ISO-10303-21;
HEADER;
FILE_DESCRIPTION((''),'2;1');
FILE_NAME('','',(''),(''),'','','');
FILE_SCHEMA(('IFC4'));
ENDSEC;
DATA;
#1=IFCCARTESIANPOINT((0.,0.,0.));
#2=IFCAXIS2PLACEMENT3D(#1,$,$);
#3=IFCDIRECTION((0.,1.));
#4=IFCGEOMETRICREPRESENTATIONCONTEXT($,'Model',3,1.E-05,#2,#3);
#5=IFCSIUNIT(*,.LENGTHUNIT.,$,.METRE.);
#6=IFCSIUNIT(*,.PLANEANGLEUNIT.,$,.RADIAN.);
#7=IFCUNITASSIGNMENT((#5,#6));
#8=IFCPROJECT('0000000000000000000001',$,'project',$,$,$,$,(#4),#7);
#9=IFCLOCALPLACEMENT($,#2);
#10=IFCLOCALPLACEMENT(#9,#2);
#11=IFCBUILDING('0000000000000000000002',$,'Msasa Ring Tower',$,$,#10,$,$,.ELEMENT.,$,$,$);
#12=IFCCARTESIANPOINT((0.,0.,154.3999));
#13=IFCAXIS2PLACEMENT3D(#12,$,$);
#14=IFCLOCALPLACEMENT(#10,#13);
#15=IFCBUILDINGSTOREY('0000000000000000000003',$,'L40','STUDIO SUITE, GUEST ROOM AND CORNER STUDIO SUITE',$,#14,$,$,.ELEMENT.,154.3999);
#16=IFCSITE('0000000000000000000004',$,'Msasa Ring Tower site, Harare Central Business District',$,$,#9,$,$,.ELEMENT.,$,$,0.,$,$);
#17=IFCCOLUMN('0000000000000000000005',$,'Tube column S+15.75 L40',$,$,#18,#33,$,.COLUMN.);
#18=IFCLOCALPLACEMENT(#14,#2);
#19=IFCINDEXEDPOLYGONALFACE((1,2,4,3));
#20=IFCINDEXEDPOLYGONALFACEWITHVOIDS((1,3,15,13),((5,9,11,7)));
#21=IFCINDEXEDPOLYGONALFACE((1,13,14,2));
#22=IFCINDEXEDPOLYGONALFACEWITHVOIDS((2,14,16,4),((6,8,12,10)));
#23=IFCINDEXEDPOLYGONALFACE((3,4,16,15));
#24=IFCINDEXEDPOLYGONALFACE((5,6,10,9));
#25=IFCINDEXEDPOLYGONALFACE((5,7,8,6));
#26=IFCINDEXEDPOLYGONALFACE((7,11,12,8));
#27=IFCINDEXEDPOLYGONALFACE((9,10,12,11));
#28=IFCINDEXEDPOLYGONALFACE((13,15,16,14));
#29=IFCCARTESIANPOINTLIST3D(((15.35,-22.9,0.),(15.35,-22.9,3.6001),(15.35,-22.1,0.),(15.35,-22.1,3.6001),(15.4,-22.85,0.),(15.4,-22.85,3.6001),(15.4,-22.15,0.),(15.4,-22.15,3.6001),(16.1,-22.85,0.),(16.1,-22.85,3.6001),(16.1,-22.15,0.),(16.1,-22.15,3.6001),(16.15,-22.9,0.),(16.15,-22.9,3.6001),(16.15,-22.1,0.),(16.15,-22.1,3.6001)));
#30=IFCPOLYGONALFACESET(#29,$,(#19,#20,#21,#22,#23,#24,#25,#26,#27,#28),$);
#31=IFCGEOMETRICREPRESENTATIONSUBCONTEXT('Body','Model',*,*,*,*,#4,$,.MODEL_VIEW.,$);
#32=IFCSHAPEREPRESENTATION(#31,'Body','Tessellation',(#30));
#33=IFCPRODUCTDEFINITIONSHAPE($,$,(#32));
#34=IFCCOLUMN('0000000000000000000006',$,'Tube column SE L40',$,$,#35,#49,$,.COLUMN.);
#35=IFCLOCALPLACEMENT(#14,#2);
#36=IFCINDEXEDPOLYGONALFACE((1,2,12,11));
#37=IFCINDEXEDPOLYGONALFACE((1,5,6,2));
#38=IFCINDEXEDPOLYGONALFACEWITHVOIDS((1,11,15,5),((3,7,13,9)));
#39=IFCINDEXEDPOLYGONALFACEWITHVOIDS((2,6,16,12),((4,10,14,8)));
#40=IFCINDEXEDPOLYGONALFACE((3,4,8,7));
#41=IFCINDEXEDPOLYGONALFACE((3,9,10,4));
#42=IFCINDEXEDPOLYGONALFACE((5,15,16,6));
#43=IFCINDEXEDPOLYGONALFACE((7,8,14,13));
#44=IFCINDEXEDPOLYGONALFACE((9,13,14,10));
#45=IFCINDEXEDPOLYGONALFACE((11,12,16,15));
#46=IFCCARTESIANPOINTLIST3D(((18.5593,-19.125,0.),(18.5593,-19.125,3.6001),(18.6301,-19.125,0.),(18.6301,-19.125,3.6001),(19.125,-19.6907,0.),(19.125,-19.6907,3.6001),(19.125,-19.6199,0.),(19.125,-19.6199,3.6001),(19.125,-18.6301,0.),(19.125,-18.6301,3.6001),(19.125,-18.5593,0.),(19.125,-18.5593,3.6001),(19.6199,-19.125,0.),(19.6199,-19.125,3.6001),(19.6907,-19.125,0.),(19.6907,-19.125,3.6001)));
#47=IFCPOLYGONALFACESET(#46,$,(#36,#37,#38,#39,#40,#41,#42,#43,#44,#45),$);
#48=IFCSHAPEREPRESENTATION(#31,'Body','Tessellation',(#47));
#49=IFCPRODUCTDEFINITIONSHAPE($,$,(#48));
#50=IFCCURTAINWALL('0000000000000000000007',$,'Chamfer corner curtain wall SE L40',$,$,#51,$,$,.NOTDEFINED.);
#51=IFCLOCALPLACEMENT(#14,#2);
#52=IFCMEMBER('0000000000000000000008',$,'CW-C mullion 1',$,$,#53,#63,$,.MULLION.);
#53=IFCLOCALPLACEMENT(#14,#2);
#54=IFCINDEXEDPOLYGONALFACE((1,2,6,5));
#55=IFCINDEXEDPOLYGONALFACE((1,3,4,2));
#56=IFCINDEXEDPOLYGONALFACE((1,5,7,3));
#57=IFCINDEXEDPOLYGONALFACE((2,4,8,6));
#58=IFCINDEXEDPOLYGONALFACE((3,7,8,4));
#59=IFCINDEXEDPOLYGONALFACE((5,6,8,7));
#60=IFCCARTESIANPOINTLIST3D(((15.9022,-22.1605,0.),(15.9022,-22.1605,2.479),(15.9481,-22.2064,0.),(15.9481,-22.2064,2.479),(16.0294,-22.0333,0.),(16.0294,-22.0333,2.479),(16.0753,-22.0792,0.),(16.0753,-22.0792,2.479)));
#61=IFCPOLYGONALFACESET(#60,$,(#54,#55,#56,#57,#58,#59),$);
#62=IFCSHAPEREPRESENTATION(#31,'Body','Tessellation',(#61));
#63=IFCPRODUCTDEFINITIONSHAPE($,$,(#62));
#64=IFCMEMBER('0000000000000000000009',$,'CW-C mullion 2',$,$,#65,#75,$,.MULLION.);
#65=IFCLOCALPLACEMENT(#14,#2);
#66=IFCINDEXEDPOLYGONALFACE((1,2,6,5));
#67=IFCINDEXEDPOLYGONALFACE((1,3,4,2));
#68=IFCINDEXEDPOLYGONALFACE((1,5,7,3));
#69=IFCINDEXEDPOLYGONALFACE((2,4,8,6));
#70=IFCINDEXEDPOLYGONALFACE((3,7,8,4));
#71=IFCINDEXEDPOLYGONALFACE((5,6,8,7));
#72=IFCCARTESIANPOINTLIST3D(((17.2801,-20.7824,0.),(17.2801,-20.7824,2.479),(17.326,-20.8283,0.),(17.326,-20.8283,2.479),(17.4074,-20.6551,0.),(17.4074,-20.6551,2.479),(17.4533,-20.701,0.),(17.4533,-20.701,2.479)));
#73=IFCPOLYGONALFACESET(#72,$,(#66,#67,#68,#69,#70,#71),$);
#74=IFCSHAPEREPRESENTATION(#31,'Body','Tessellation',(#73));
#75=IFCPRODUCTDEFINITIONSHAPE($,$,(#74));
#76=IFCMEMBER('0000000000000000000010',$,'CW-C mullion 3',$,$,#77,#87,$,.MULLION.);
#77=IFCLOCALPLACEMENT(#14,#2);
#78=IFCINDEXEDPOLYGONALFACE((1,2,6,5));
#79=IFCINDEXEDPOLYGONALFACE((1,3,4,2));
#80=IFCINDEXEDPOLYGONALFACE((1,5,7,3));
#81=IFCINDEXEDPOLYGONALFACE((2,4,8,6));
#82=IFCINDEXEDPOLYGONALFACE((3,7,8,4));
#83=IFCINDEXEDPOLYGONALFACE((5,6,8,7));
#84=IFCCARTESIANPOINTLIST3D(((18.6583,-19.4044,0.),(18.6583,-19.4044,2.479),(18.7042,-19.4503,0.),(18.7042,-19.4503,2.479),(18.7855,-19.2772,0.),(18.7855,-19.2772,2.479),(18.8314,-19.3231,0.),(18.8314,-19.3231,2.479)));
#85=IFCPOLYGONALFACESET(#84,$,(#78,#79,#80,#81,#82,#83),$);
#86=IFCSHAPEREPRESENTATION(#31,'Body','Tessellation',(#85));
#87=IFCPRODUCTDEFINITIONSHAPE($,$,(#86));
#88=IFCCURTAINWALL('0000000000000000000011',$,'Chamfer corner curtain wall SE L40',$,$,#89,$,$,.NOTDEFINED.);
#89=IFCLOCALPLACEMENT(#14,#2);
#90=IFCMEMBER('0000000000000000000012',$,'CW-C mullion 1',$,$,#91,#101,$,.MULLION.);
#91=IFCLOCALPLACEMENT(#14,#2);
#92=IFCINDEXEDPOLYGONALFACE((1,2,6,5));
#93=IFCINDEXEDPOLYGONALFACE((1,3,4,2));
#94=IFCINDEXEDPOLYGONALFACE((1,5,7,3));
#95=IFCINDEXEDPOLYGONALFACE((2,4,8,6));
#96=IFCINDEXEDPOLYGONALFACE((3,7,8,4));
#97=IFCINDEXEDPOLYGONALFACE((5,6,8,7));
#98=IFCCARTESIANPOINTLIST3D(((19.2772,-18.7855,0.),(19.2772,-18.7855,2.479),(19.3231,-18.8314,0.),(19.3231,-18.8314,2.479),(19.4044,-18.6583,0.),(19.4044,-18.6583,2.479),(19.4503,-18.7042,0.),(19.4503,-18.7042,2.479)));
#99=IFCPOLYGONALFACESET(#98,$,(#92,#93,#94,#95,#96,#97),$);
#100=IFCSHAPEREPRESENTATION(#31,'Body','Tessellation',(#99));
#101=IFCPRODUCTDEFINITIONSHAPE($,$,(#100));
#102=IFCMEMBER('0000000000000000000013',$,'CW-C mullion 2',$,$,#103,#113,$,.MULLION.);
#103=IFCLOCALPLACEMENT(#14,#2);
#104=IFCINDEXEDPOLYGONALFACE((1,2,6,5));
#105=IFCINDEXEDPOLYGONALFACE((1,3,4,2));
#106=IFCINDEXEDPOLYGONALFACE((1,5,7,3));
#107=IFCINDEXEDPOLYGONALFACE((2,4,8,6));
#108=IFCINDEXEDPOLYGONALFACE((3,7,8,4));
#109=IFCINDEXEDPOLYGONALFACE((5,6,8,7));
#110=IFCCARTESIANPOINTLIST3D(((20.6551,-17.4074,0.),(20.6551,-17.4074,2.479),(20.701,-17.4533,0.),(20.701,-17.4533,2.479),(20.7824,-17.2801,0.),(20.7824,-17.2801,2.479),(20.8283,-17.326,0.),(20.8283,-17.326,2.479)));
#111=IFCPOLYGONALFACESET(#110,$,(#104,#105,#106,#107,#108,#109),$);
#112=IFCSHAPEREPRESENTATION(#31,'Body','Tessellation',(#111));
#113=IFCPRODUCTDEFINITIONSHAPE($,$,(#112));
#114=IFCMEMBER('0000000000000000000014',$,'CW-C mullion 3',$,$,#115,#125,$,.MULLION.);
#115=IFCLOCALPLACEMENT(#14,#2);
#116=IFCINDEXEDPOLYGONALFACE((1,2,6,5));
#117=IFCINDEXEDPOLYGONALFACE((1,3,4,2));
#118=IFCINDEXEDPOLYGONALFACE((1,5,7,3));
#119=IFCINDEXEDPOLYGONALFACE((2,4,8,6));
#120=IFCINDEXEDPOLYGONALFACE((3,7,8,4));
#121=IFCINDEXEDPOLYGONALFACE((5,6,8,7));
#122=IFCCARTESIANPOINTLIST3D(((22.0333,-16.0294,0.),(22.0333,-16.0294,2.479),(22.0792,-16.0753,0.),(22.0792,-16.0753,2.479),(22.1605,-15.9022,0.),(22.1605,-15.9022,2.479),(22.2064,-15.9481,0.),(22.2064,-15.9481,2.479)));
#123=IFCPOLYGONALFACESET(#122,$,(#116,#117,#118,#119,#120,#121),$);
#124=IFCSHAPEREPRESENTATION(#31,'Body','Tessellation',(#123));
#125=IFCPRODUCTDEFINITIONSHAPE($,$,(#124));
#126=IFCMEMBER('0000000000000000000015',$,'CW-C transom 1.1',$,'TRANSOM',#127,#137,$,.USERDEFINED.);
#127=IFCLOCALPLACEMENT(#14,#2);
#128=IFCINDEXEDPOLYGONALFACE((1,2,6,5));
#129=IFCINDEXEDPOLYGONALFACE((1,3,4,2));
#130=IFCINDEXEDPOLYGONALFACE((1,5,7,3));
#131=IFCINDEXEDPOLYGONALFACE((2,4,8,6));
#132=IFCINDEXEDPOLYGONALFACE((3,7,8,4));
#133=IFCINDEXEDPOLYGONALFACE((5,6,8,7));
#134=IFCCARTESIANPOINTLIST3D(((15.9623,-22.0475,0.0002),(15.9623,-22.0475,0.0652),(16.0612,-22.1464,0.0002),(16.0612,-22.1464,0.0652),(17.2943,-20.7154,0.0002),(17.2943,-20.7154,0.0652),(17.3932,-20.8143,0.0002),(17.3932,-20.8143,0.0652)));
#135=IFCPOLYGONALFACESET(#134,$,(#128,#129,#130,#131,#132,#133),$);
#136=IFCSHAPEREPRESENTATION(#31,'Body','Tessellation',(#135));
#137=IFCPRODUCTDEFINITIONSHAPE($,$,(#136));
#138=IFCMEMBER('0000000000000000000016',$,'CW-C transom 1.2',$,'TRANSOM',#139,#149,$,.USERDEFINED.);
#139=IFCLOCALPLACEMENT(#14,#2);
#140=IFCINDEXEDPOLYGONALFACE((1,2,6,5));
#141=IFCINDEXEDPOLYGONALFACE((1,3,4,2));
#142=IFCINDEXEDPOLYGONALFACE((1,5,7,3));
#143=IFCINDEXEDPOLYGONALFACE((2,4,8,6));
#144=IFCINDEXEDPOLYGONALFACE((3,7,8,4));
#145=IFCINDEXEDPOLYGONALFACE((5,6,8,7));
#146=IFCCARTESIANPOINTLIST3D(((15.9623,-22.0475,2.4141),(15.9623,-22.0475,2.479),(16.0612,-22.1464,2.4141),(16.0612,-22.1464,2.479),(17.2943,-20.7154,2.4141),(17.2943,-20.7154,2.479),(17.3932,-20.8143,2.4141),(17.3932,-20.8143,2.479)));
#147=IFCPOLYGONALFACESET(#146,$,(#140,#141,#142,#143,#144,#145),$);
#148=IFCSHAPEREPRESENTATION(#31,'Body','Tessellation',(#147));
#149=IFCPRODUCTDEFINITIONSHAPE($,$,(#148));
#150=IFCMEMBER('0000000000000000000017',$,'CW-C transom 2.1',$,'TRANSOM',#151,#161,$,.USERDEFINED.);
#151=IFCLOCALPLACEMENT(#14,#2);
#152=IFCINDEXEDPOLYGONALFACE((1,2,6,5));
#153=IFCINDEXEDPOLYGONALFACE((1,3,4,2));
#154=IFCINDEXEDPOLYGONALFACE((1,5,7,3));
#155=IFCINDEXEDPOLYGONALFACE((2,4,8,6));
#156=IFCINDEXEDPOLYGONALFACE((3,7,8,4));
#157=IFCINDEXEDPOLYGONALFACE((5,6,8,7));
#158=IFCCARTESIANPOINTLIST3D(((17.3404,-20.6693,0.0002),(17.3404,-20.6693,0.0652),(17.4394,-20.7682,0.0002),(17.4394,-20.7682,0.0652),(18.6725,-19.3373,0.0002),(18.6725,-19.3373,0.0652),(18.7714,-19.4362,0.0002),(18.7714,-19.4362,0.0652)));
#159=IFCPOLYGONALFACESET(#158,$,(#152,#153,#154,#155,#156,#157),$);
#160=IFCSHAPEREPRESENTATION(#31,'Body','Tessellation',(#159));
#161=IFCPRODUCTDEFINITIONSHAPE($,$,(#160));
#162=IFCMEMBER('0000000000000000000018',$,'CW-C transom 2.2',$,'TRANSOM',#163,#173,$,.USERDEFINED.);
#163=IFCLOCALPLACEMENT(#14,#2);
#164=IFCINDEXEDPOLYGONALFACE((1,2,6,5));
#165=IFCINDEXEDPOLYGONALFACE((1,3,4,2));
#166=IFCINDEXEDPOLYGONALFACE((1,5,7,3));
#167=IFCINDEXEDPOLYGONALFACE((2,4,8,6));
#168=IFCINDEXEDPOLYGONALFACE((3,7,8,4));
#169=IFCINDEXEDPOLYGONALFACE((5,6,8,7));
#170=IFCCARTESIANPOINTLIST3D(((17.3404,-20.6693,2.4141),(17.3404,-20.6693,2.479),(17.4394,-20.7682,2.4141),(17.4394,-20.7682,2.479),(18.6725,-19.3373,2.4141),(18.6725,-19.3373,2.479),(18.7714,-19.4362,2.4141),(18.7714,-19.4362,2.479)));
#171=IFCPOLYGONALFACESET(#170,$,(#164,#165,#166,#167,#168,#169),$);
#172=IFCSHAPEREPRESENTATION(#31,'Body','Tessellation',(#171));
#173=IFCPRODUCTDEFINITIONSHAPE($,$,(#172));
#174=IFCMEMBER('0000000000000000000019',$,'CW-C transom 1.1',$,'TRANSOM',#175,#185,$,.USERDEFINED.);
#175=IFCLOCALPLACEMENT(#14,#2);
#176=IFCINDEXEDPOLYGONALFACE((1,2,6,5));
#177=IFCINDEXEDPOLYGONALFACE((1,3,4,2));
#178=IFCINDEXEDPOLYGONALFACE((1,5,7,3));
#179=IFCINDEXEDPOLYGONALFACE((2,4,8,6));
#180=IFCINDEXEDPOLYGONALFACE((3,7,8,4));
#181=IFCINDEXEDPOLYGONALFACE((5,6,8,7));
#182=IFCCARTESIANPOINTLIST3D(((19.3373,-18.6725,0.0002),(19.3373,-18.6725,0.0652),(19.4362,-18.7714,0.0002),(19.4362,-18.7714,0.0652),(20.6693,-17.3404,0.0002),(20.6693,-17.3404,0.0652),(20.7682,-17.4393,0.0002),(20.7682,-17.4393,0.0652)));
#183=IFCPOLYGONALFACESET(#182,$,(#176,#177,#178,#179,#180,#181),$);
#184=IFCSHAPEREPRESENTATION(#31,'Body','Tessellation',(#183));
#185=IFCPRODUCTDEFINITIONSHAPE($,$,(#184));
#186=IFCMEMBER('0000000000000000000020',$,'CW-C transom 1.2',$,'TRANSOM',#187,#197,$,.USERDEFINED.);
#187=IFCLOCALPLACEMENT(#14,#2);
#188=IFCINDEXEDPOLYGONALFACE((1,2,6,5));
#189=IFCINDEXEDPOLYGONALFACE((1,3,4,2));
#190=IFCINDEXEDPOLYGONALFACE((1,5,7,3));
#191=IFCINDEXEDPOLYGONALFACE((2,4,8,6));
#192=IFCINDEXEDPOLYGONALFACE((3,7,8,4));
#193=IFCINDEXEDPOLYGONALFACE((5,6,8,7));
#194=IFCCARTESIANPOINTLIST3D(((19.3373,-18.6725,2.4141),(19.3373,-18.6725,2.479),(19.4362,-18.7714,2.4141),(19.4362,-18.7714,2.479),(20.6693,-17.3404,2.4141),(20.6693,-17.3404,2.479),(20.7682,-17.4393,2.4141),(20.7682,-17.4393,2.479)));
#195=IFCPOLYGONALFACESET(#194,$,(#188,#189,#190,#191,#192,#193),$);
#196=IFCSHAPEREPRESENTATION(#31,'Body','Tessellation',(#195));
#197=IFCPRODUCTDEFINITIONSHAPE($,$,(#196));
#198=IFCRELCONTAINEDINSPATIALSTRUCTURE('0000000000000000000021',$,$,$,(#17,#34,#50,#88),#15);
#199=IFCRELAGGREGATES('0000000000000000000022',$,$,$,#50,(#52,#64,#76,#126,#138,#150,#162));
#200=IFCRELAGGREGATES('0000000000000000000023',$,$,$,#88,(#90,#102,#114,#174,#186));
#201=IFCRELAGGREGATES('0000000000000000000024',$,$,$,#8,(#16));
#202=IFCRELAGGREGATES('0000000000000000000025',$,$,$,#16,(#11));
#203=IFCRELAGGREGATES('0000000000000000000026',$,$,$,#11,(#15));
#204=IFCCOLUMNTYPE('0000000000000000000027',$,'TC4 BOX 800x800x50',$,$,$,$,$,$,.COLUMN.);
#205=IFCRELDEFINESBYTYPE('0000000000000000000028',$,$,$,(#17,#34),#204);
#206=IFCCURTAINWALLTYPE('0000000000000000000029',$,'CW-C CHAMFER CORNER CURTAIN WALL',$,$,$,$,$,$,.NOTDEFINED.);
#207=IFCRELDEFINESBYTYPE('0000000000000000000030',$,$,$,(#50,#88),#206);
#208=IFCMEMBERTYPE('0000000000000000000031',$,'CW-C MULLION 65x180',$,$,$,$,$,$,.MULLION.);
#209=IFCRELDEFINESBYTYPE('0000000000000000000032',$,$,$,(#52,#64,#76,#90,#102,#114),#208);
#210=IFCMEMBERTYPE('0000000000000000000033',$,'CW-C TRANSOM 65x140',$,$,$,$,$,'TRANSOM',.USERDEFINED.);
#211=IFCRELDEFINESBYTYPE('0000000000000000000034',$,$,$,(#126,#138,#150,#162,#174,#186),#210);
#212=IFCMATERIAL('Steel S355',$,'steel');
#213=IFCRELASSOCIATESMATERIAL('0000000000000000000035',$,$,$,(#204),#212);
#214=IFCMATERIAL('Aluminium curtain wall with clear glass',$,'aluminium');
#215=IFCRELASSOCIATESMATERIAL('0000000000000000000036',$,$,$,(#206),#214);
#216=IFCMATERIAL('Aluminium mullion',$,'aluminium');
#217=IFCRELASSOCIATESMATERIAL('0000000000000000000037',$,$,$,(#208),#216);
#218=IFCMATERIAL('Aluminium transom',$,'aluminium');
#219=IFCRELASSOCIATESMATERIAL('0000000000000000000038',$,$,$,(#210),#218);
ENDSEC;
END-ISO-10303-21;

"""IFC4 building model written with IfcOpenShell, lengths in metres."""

from ifc_helpers import new_model, si_unit, direction, frame, origin, origin_2d, place, context, subcontext, project, spatial, rectangle, hollow_rectangle, extrude, material, material_profile, profile_set, type_object, element, aggregate, save


model = new_model("IFC4")

# Units and contexts
model_context = context("Model", 3, precision=1e-05, world=origin(), true_north=direction((0.0, 1.0)))
body_context = subcontext(model_context, "Body", "Model", "MODEL_VIEW")
ifc_project = project(units=[si_unit("LENGTHUNIT", "METRE"), si_unit("PLANEANGLEUNIT", "RADIAN")], contexts=[model_context])

# Site, building, storey
site_placement = place(None, origin())
site = spatial("IfcSite", under=ifc_project, at=site_placement, Name="Msasa Ring Tower site, Harare Central Business District", CompositionType="ELEMENT", RefElevation=0.0)
building_placement = place(site_placement, origin())
building = spatial("IfcBuilding", under=site, at=building_placement, Name="Msasa Ring Tower", CompositionType="ELEMENT")
storey_placement = place(building_placement, frame((0.0, 0.0, 154.3999)))
storey = spatial("IfcBuildingStorey", under=building, at=storey_placement, Name="L40", Description="STUDIO SUITE, GUEST ROOM AND CORNER STUDIO SUITE", CompositionType="ELEMENT", Elevation=154.3999)

# Columns
ifc_material_1 = material(Name="Steel S355", Category="steel")
ifc_material_profile_1 = material_profile(ifc_material_1, hollow_rectangle(XDim=0.8, YDim=0.8, WallThickness=0.05, at=origin_2d()), Name="BOX 800x800x50")
ifc_profile_set_1 = profile_set([ifc_material_profile_1], Name="Steel S355")
column_type = type_object("IfcColumnType", Name="TC4 BOX 800x800x50", PredefinedType="COLUMN", material=ifc_profile_set_1)
for number, where, z_axis, x_axis, name in (
    (1, (15.75, -22.5, 0.0), (0.0, 0.0, 1.0), (0.0, 1.0, 0.0), "Tube column S+15.75 L40"),
    (2, (19.125, -19.125, 0.0), (0.0, 0.0, 1.0), (0.707107, -0.707107, 0.0), "Tube column SE L40"),
):
    element("IfcColumn", number, at=place(storey_placement, frame(where, z_axis=z_axis, x_axis=x_axis)), inside=storey, type_object=column_type, Name=name, PredefinedType="COLUMN", context=body_context, shape_type="SweptSolid", body=[
        extrude(hollow_rectangle(XDim=0.8, YDim=0.8, WallThickness=0.05, at=origin_2d()), origin(), (0.0, 0.0, 1.0), 3.6001),
    ])

# Curtain walls, members
ifc_material_2 = material(Name="Aluminium curtain wall with clear glass", Category="aluminium")
curtain_wall_type = type_object("IfcCurtainWallType", Name="CW-C CHAMFER CORNER CURTAIN WALL", PredefinedType="NOTDEFINED", material=ifc_material_2)
curtain_wall_1_placement = place(storey_placement, origin())
curtain_wall_1 = element("IfcCurtainWall", 3, at=curtain_wall_1_placement, inside=storey, type_object=curtain_wall_type, Name="Chamfer corner curtain wall SE L40", PredefinedType="NOTDEFINED")
ifc_material_3 = material(Name="Aluminium mullion", Category="aluminium")
ifc_material_profile_2 = material_profile(ifc_material_3, rectangle(XDim=0.0649, YDim=0.1799, at=origin_2d()), Name="AL 65x180")
ifc_profile_set_2 = profile_set([ifc_material_profile_2], Name="Aluminium mullion")
member_type_1 = type_object("IfcMemberType", Name="CW-C MULLION 65x180", PredefinedType="MULLION", material=ifc_profile_set_2)
member_1_placement = place(storey_placement, frame((15.9888, -22.1199, 0.0), z_axis=(0.0, 0.0, 1.0), x_axis=(-0.707107, 0.707107, 0.0)))
member_1 = element("IfcMember", 4, at=member_1_placement, type_object=member_type_1, Name="CW-C mullion 1", PredefinedType="MULLION", context=body_context, shape_type="SweptSolid", body=[
    extrude(rectangle(XDim=0.0649, YDim=0.1799, at=origin_2d()), origin(), (0.0, 0.0, 1.0), 2.479),
])
member_2_placement = place(storey_placement, frame((17.3667, -20.7417, 0.0), z_axis=(0.0, 0.0, 1.0), x_axis=(-0.707107, 0.707107, 0.0)))
member_2 = element("IfcMember", 5, at=member_2_placement, type_object=member_type_1, Name="CW-C mullion 2", PredefinedType="MULLION", context=body_context, shape_type="SweptSolid", body=[
    extrude(rectangle(XDim=0.0649, YDim=0.1799, at=origin_2d()), origin(), (0.0, 0.0, 1.0), 2.479),
])
member_3_placement = place(storey_placement, frame((18.7449, -19.3638, 0.0), z_axis=(0.0, 0.0, 1.0), x_axis=(-0.707107, 0.707107, 0.0)))
member_3 = element("IfcMember", 6, at=member_3_placement, type_object=member_type_1, Name="CW-C mullion 3", PredefinedType="MULLION", context=body_context, shape_type="SweptSolid", body=[
    extrude(rectangle(XDim=0.0649, YDim=0.1799, at=origin_2d()), origin(), (0.0, 0.0, 1.0), 2.479),
])
curtain_wall_2_placement = place(storey_placement, origin())
curtain_wall_2 = element("IfcCurtainWall", 7, at=curtain_wall_2_placement, inside=storey, type_object=curtain_wall_type, Name="Chamfer corner curtain wall SE L40", PredefinedType="NOTDEFINED")
member_4_placement = place(storey_placement, frame((19.3638, -18.7449, 0.0), z_axis=(0.0, 0.0, 1.0), x_axis=(-0.707107, 0.707107, 0.0)))
member_4 = element("IfcMember", 8, at=member_4_placement, type_object=member_type_1, Name="CW-C mullion 1", PredefinedType="MULLION", context=body_context, shape_type="SweptSolid", body=[
    extrude(rectangle(XDim=0.0649, YDim=0.1799, at=origin_2d()), origin(), (0.0, 0.0, 1.0), 2.479),
])
member_5_placement = place(storey_placement, frame((20.7417, -17.3667, 0.0), z_axis=(0.0, 0.0, 1.0), x_axis=(-0.707107, 0.707107, 0.0)))
member_5 = element("IfcMember", 9, at=member_5_placement, type_object=member_type_1, Name="CW-C mullion 2", PredefinedType="MULLION", context=body_context, shape_type="SweptSolid", body=[
    extrude(rectangle(XDim=0.0649, YDim=0.1799, at=origin_2d()), origin(), (0.0, 0.0, 1.0), 2.479),
])
member_6_placement = place(storey_placement, frame((22.1199, -15.9888, 0.0), z_axis=(0.0, 0.0, 1.0), x_axis=(-0.707107, 0.707107, 0.0)))
member_6 = element("IfcMember", 10, at=member_6_placement, type_object=member_type_1, Name="CW-C mullion 3", PredefinedType="MULLION", context=body_context, shape_type="SweptSolid", body=[
    extrude(rectangle(XDim=0.0649, YDim=0.1799, at=origin_2d()), origin(), (0.0, 0.0, 1.0), 2.479),
])

# Members
ifc_material_4 = material(Name="Aluminium transom", Category="aluminium")
ifc_material_profile_3 = material_profile(ifc_material_4, rectangle(XDim=0.1399, YDim=0.0649, at=origin_2d()), Name="AL 65x140")
ifc_profile_set_3 = profile_set([ifc_material_profile_3], Name="Aluminium transom")
member_type_2 = type_object("IfcMemberType", Name="CW-C TRANSOM 65x140", ElementType="TRANSOM", PredefinedType="USERDEFINED", material=ifc_profile_set_3)
member_7_placement = place(storey_placement, frame((16.0117, -22.0969, 0.0327), z_axis=(0.707107, 0.707107, 0.0), x_axis=(-0.707107, 0.707107, 0.0)))
member_7 = element("IfcMember", 11, at=member_7_placement, type_object=member_type_2, Name="CW-C transom 1.1", ObjectType="TRANSOM", PredefinedType="USERDEFINED", context=body_context, shape_type="SweptSolid", body=[
    extrude(rectangle(XDim=0.1399, YDim=0.0649, at=origin_2d()), origin(), (0.0, 0.0, 1.0), 1.8838),
])
member_8_placement = place(storey_placement, frame((16.0117, -22.0969, 2.4465), z_axis=(0.707107, 0.707107, 0.0), x_axis=(-0.707107, 0.707107, 0.0)))
member_8 = element("IfcMember", 12, at=member_8_placement, type_object=member_type_2, Name="CW-C transom 1.2", ObjectType="TRANSOM", PredefinedType="USERDEFINED", context=body_context, shape_type="SweptSolid", body=[
    extrude(rectangle(XDim=0.1399, YDim=0.0649, at=origin_2d()), origin(), (0.0, 0.0, 1.0), 1.8838),
])
member_9_placement = place(storey_placement, frame((17.3899, -20.7188, 0.0327), z_axis=(0.707107, 0.707107, 0.0), x_axis=(-0.707107, 0.707107, 0.0)))
member_9 = element("IfcMember", 13, at=member_9_placement, type_object=member_type_2, Name="CW-C transom 2.1", ObjectType="TRANSOM", PredefinedType="USERDEFINED", context=body_context, shape_type="SweptSolid", body=[
    extrude(rectangle(XDim=0.1399, YDim=0.0649, at=origin_2d()), origin(), (0.0, 0.0, 1.0), 1.8838),
])
member_10_placement = place(storey_placement, frame((17.3899, -20.7188, 2.4465), z_axis=(0.707107, 0.707107, 0.0), x_axis=(-0.707107, 0.707107, 0.0)))
member_10 = element("IfcMember", 14, at=member_10_placement, type_object=member_type_2, Name="CW-C transom 2.2", ObjectType="TRANSOM", PredefinedType="USERDEFINED", context=body_context, shape_type="SweptSolid", body=[
    extrude(rectangle(XDim=0.1399, YDim=0.0649, at=origin_2d()), origin(), (0.0, 0.0, 1.0), 1.8838),
])
member_11_placement = place(storey_placement, frame((19.3867, -18.7219, 0.0327), z_axis=(0.707107, 0.707107, 0.0), x_axis=(-0.707107, 0.707107, 0.0)))
member_11 = element("IfcMember", 15, at=member_11_placement, type_object=member_type_2, Name="CW-C transom 1.1", ObjectType="TRANSOM", PredefinedType="USERDEFINED", context=body_context, shape_type="SweptSolid", body=[
    extrude(rectangle(XDim=0.1399, YDim=0.0649, at=origin_2d()), origin(), (0.0, 0.0, 1.0), 1.8838),
])
member_12_placement = place(storey_placement, frame((19.3867, -18.7219, 2.4465), z_axis=(0.707107, 0.707107, 0.0), x_axis=(-0.707107, 0.707107, 0.0)))
member_12 = element("IfcMember", 16, at=member_12_placement, type_object=member_type_2, Name="CW-C transom 1.2", ObjectType="TRANSOM", PredefinedType="USERDEFINED", context=body_context, shape_type="SweptSolid", body=[
    extrude(rectangle(XDim=0.1399, YDim=0.0649, at=origin_2d()), origin(), (0.0, 0.0, 1.0), 1.8838),
])

aggregate(curtain_wall_1, [member_1, member_2, member_3, member_7, member_8, member_9, member_10])
aggregate(curtain_wall_2, [member_4, member_5, member_6, member_11, member_12])

save(model, "model.ifc")
